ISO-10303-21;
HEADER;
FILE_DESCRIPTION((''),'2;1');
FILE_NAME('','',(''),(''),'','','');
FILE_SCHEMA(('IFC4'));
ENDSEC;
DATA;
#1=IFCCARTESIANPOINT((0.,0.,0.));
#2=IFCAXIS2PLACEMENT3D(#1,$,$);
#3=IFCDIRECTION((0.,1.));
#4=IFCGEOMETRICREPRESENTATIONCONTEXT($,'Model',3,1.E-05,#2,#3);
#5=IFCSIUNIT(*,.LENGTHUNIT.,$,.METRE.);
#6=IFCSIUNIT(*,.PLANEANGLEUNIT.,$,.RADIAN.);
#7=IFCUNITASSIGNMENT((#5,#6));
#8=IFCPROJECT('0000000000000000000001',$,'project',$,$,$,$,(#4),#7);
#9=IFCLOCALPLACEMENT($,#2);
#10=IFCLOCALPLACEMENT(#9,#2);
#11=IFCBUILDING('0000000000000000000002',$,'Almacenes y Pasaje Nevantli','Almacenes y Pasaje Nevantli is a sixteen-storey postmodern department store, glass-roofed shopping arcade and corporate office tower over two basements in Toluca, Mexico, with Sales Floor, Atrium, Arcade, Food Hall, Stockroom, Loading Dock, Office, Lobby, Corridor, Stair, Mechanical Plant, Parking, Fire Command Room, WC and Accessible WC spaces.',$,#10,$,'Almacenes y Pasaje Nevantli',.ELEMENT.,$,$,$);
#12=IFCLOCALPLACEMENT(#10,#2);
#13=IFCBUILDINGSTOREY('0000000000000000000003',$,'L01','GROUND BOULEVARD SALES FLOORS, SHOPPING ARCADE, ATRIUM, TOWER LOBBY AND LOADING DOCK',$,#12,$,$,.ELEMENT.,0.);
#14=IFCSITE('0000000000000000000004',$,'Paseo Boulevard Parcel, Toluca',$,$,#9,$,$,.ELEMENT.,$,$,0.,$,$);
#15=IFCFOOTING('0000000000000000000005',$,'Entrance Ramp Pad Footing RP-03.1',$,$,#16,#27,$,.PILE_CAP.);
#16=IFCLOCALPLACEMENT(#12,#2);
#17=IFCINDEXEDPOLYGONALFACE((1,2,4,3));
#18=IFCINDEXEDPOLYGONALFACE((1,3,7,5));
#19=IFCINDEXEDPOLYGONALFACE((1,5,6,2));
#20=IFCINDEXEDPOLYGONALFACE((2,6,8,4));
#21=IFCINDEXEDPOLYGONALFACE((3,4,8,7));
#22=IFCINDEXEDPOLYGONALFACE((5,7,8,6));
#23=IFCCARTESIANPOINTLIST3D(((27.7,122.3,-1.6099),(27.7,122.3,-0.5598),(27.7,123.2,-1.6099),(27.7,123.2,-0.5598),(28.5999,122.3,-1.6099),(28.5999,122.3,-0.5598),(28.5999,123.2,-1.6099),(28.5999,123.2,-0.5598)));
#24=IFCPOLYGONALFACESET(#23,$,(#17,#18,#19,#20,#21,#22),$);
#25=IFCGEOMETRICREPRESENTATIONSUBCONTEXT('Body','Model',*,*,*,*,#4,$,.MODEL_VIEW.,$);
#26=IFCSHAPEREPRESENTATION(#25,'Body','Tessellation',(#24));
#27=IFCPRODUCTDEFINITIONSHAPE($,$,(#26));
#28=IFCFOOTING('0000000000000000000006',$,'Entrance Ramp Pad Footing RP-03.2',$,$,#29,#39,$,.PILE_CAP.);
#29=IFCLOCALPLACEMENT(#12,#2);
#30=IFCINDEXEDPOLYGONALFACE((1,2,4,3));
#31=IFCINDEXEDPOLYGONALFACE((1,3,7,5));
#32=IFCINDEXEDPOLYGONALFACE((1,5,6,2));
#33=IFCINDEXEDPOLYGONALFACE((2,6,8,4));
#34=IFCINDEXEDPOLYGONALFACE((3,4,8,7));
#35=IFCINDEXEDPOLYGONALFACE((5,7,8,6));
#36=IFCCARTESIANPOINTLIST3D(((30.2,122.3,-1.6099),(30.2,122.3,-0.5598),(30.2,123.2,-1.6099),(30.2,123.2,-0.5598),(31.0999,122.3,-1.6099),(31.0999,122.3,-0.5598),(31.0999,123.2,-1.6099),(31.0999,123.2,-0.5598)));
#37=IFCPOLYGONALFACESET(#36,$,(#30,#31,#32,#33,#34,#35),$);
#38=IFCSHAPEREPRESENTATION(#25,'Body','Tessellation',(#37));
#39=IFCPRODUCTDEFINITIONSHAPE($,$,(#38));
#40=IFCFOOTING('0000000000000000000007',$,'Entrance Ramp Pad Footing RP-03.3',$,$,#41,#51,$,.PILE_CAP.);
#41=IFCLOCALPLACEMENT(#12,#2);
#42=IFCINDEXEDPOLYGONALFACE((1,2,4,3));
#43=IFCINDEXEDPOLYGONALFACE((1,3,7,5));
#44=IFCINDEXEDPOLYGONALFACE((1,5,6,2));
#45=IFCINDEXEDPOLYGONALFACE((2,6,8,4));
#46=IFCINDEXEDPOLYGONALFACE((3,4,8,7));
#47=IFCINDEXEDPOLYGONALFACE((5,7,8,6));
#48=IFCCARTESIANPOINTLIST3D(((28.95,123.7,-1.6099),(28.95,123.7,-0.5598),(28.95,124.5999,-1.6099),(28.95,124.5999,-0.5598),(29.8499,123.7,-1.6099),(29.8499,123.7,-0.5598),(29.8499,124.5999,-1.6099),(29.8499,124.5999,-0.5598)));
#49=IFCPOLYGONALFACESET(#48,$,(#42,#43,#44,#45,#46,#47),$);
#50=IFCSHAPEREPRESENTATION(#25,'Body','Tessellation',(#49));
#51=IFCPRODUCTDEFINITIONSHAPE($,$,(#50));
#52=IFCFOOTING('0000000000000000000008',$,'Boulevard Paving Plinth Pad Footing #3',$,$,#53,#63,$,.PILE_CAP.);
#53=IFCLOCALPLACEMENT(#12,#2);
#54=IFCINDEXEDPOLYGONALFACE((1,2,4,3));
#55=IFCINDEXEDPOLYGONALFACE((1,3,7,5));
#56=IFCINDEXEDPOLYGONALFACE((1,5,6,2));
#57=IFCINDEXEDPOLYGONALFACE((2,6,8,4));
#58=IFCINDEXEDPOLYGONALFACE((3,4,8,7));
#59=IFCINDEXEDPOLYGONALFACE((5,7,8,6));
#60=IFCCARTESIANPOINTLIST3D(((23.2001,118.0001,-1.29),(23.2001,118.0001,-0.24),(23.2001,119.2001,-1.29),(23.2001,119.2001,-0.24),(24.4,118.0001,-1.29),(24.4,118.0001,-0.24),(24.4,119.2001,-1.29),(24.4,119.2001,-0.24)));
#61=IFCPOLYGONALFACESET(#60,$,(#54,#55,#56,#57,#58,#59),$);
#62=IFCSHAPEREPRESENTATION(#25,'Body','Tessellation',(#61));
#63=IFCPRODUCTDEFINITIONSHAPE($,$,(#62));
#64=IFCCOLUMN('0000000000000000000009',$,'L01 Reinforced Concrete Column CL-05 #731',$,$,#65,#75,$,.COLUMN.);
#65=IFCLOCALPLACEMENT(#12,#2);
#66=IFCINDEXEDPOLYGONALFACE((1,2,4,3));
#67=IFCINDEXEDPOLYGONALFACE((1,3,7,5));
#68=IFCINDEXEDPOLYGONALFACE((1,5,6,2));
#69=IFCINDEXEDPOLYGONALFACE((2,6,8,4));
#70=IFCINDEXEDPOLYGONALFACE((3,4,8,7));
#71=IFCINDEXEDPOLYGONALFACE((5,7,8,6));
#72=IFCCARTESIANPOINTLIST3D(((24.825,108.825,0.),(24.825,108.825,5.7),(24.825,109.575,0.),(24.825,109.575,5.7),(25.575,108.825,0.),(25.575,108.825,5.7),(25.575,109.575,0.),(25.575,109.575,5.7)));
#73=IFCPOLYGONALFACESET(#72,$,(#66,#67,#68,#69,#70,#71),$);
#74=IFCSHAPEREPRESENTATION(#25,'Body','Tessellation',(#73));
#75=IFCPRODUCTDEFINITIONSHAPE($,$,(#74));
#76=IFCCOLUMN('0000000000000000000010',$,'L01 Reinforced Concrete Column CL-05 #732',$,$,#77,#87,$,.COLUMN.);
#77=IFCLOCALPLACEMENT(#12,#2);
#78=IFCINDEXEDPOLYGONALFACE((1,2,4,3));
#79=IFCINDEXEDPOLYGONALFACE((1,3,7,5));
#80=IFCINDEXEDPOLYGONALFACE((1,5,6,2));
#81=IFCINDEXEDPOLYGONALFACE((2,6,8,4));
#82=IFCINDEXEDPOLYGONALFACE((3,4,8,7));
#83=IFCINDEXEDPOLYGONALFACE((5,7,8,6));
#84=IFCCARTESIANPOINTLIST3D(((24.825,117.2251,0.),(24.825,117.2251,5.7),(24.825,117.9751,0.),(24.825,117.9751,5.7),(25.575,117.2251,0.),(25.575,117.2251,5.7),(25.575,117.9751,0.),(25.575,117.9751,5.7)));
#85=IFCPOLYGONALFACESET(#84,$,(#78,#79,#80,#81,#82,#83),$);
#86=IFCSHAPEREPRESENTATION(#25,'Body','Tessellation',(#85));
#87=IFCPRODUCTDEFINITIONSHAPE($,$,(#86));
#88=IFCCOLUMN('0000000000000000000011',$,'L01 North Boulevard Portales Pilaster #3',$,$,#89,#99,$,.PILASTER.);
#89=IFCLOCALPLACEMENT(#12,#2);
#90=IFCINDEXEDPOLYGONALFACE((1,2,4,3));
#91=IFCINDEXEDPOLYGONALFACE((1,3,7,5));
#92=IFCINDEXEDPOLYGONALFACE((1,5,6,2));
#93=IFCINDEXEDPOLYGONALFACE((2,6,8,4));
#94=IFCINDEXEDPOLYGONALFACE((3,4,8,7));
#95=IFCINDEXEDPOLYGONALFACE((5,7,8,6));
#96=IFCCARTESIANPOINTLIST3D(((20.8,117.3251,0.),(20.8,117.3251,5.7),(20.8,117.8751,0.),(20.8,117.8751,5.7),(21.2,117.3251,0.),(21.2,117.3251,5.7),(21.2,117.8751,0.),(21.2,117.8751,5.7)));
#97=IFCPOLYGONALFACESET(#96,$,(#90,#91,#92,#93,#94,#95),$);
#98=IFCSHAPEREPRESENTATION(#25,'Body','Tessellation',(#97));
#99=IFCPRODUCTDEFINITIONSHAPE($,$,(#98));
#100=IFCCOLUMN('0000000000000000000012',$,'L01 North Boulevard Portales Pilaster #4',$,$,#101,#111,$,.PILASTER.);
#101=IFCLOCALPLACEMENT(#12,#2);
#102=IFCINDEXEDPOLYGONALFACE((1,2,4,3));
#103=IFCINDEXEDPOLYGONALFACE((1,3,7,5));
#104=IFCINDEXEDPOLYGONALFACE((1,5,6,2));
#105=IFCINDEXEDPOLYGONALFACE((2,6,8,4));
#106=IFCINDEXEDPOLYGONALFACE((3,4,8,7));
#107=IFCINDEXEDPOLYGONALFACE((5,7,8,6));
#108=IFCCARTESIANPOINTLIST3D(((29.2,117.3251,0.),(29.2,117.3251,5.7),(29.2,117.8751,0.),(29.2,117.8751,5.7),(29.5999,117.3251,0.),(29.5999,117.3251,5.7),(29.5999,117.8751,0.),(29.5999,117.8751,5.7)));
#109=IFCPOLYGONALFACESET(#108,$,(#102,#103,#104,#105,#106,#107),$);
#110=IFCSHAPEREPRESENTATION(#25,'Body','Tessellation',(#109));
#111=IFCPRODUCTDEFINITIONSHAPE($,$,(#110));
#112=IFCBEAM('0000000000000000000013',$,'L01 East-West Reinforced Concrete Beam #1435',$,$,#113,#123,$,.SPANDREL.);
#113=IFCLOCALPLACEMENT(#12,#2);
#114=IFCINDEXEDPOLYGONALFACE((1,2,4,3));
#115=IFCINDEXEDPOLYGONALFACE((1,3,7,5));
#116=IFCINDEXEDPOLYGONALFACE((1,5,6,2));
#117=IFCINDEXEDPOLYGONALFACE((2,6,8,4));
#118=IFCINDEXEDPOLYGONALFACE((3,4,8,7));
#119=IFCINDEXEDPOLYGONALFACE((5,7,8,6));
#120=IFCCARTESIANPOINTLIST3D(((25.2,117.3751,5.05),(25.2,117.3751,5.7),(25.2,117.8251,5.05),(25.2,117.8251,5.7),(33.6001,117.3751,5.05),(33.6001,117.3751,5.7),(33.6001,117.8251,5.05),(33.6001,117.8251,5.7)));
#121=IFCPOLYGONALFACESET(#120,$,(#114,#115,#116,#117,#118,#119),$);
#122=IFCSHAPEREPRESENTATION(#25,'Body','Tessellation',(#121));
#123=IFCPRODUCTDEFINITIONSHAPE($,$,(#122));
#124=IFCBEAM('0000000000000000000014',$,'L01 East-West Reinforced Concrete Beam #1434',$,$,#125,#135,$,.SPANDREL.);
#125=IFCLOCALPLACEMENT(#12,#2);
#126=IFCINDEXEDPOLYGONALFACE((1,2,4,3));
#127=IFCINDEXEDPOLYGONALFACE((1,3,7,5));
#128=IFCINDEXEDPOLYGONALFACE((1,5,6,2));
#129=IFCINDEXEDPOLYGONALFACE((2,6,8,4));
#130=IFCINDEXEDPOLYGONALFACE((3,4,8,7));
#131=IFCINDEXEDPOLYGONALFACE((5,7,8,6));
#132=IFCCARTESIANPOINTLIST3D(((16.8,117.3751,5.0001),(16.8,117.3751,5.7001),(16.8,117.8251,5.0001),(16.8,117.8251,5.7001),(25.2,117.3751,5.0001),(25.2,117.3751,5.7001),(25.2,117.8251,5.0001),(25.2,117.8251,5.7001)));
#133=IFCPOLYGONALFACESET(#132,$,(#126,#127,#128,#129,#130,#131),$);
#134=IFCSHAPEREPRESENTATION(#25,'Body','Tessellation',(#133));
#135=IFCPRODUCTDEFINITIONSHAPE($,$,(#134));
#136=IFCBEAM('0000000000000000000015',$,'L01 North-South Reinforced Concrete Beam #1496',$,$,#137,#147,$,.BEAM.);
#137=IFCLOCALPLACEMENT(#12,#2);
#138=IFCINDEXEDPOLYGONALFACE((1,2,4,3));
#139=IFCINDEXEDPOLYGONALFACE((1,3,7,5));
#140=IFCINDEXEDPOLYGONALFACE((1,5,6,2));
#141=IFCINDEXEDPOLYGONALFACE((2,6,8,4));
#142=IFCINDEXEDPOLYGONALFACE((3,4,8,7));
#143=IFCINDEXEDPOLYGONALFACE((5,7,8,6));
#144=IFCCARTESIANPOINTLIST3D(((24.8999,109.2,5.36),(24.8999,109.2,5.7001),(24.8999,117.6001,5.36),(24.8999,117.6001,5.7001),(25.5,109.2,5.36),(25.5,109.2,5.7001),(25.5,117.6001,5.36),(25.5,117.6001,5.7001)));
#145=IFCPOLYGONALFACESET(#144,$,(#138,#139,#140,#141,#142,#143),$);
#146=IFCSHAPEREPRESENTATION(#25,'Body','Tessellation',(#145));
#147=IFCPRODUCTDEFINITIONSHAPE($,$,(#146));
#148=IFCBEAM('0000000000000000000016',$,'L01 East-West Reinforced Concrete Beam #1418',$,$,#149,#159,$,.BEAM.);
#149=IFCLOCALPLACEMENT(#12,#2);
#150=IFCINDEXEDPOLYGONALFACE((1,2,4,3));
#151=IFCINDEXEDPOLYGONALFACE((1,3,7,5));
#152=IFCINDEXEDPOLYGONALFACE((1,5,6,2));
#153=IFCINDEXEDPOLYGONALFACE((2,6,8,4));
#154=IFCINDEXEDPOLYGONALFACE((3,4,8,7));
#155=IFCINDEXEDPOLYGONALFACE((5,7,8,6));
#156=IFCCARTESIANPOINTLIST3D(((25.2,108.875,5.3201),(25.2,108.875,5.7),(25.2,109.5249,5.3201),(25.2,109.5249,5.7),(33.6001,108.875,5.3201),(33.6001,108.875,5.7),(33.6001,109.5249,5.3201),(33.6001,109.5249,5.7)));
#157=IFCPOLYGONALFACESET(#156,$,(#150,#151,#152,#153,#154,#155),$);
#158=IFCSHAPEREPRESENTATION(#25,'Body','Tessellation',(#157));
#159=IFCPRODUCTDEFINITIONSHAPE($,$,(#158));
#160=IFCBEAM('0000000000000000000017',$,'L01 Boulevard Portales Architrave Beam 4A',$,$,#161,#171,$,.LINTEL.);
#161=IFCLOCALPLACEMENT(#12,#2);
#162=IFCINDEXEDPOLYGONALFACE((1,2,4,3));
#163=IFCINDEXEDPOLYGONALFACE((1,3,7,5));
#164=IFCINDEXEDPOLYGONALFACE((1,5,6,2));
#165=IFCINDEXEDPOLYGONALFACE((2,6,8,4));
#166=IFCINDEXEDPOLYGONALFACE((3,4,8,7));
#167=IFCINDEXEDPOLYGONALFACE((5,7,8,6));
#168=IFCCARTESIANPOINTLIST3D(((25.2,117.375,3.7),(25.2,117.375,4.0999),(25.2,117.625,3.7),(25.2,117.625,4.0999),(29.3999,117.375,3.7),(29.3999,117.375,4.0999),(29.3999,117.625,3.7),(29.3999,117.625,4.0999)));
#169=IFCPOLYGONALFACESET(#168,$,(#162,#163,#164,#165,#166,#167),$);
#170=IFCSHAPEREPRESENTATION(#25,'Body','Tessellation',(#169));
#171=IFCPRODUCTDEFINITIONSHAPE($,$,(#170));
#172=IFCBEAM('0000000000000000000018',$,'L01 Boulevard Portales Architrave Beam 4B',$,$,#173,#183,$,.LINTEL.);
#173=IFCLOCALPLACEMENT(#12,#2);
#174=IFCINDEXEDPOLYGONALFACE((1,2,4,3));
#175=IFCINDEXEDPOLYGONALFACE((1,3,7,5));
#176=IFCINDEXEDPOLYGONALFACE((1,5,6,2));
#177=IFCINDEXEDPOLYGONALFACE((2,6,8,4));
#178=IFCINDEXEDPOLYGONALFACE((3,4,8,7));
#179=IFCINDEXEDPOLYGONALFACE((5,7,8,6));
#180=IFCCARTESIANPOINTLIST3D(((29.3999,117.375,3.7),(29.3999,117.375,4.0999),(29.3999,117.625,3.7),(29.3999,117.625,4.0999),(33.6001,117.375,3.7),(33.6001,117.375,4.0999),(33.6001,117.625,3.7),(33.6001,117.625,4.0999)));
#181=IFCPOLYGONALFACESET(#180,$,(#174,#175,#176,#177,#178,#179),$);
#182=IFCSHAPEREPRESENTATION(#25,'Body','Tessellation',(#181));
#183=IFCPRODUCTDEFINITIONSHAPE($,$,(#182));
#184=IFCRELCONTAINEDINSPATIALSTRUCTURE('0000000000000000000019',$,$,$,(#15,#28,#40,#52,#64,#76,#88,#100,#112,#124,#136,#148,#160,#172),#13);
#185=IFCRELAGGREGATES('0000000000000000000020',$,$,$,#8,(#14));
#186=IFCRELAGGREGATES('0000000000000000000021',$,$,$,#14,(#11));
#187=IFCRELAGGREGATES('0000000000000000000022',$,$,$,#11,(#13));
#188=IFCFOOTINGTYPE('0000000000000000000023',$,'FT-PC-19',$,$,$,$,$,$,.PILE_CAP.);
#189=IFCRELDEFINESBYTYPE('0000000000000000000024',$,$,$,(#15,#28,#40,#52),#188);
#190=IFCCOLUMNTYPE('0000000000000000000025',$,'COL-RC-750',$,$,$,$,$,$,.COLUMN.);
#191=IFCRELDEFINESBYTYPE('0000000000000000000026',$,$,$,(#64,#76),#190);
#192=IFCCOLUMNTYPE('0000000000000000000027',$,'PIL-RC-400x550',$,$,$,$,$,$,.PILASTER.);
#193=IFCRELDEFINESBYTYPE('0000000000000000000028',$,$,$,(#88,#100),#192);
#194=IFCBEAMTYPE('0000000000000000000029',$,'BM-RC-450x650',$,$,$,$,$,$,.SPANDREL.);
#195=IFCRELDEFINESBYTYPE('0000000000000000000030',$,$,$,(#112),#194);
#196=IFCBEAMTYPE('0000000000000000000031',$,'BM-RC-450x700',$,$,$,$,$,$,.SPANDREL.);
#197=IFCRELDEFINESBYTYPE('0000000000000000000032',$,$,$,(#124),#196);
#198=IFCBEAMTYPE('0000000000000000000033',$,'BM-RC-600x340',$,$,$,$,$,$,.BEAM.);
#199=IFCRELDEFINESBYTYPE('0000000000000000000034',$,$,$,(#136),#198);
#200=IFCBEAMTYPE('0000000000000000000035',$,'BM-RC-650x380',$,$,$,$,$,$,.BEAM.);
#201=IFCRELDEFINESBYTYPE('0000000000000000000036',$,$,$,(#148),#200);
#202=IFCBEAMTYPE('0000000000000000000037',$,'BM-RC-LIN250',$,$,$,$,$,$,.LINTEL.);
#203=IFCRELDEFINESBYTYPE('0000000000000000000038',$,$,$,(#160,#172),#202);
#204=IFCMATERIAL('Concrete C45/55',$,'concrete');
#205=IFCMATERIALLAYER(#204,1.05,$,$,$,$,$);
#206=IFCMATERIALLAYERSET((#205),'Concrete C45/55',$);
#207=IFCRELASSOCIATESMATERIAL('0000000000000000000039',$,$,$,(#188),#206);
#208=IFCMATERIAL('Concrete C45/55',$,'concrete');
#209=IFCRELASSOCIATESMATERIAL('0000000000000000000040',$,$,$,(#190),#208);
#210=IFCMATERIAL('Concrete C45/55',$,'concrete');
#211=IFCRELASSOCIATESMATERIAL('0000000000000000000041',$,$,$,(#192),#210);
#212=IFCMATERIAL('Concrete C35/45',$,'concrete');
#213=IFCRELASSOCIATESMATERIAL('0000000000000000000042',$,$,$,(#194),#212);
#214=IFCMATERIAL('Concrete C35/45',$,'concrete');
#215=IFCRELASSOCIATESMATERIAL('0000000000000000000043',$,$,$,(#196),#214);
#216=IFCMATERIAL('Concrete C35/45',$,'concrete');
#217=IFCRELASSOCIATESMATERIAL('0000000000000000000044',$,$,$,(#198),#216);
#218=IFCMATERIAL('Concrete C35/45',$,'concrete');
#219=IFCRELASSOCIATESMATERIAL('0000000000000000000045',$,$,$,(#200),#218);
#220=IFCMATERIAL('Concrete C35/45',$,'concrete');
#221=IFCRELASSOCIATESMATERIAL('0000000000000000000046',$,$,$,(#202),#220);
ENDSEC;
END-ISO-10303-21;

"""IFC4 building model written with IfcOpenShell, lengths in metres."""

from ifc_helpers import new_model, si_unit, direction, frame, origin, origin_2d, place, context, subcontext, project, spatial, rectangle, extrude, material, layer, layer_set, material_profile, profile_set, type_object, element, save


model = new_model("IFC4")

# Units and contexts
model_context = context("Model", 3, precision=1e-05, world=origin(), true_north=direction((0.0, 1.0)))
body_context = subcontext(model_context, "Body", "Model", "MODEL_VIEW")
ifc_project = project(units=[si_unit("LENGTHUNIT", "METRE"), si_unit("PLANEANGLEUNIT", "RADIAN")], contexts=[model_context])

# Site, building, storey
site_placement = place(None, origin())
site = spatial("IfcSite", under=ifc_project, at=site_placement, Name="Paseo Boulevard Parcel, Toluca", CompositionType="ELEMENT", RefElevation=0.0)
building_placement = place(site_placement, origin())
building = spatial("IfcBuilding", under=site, at=building_placement, Name="Almacenes y Pasaje Nevantli", Description="Almacenes y Pasaje Nevantli is a sixteen-storey postmodern department store, glass-roofed shopping arcade and corporate office tower over two basements in Toluca, Mexico, with Sales Floor, Atrium, Arcade, Food Hall, Stockroom, Loading Dock, Office, Lobby, Corridor, Stair, Mechanical Plant, Parking, Fire Command Room, WC and Accessible WC spaces.", LongName="Almacenes y Pasaje Nevantli", CompositionType="ELEMENT")
storey_placement = place(building_placement, origin())
storey = spatial("IfcBuildingStorey", under=building, at=storey_placement, Name="L01", Description="GROUND BOULEVARD SALES FLOORS, SHOPPING ARCADE, ATRIUM, TOWER LOBBY AND LOADING DOCK", CompositionType="ELEMENT", Elevation=0.0)

# Footings
ifc_material_1 = material(Name="Concrete C45/55", Category="concrete")
ifc_layer_1 = layer(ifc_material_1, 1.05)
ifc_layer_set_1 = layer_set([ifc_layer_1], Name="Concrete C45/55")
footing_type = type_object("IfcFootingType", Name="FT-PC-19", PredefinedType="PILE_CAP", material=ifc_layer_set_1)
for number, where, z_axis, x_axis, name in (
    (1, (28.1499, 122.75, -1.6099), (0.0, 0.0, 1.0), (1.0, 0.0, 0.0), "Entrance Ramp Pad Footing RP-03.1"),
    (2, (30.6499, 122.75, -1.6099), (0.0, 0.0, 1.0), (1.0, 0.0, 0.0), "Entrance Ramp Pad Footing RP-03.2"),
    (3, (29.3999, 124.1499, -1.6099), (0.0, 0.0, 1.0), (1.0, 0.0, 0.0), "Entrance Ramp Pad Footing RP-03.3"),
):
    element("IfcFooting", number, at=place(storey_placement, frame(where, z_axis=z_axis, x_axis=x_axis)), inside=storey, type_object=footing_type, Name=name, PredefinedType="PILE_CAP", context=body_context, shape_type="SweptSolid", body=[
        extrude(rectangle(XDim=0.8999, YDim=0.8999, at=origin_2d()), origin(), (0.0, 0.0, 1.0), 1.05),
    ])
footing_placement = place(storey_placement, frame((23.8, 118.6001, -1.29), z_axis=(0.0, 0.0, 1.0), x_axis=(1.0, 0.0, 0.0)))
element("IfcFooting", 4, at=footing_placement, inside=storey, type_object=footing_type, Name="Boulevard Paving Plinth Pad Footing #3", PredefinedType="PILE_CAP", context=body_context, shape_type="SweptSolid", body=[
    extrude(rectangle(XDim=1.2, YDim=1.2, at=origin_2d()), origin(), (0.0, 0.0, 1.0), 1.05),
])

# Columns
ifc_material_2 = material(Name="Concrete C45/55", Category="concrete")
ifc_material_profile_1 = material_profile(ifc_material_2, rectangle(XDim=0.75, YDim=0.75, at=origin_2d()), Name="RC-COL-750x750")
ifc_profile_set_1 = profile_set([ifc_material_profile_1], Name="Concrete C45/55")
column_type_1 = type_object("IfcColumnType", Name="COL-RC-750", PredefinedType="COLUMN", material=ifc_profile_set_1)
for number, where, z_axis, x_axis, name in (
    (5, (25.2, 109.2, 0.0), (0.0, 0.0, 1.0), (1.0, 0.0, 0.0), "L01 Reinforced Concrete Column CL-05 #731"),
    (6, (25.2, 117.6001, 0.0), (0.0, 0.0, 1.0), (1.0, 0.0, 0.0), "L01 Reinforced Concrete Column CL-05 #732"),
):
    element("IfcColumn", number, at=place(storey_placement, frame(where, z_axis=z_axis, x_axis=x_axis)), inside=storey, type_object=column_type_1, Name=name, PredefinedType="COLUMN", context=body_context, shape_type="SweptSolid", body=[
        extrude(rectangle(XDim=0.75, YDim=0.75, at=origin_2d()), origin(), (0.0, 0.0, 1.0), 5.7),
    ])
ifc_material_3 = material(Name="Concrete C45/55", Category="concrete")
ifc_material_profile_2 = material_profile(ifc_material_3, rectangle(XDim=0.3999, YDim=0.55, at=origin_2d()), Name="RC-PIL-400x550")
ifc_profile_set_2 = profile_set([ifc_material_profile_2], Name="Concrete C45/55")
column_type_2 = type_object("IfcColumnType", Name="PIL-RC-400x550", PredefinedType="PILASTER", material=ifc_profile_set_2)
for number, where, z_axis, x_axis, name in (
    (7, (21.0, 117.6001, 0.0), (0.0, 0.0, 1.0), (1.0, 0.0, 0.0), "L01 North Boulevard Portales Pilaster #3"),
    (8, (29.3999, 117.6001, 0.0), (0.0, 0.0, 1.0), (1.0, 0.0, 0.0), "L01 North Boulevard Portales Pilaster #4"),
):
    element("IfcColumn", number, at=place(storey_placement, frame(where, z_axis=z_axis, x_axis=x_axis)), inside=storey, type_object=column_type_2, Name=name, PredefinedType="PILASTER", context=body_context, shape_type="SweptSolid", body=[
        extrude(rectangle(XDim=0.3999, YDim=0.55, at=origin_2d()), origin(), (0.0, 0.0, 1.0), 5.7),
    ])

# Beams
ifc_material_4 = material(Name="Concrete C35/45", Category="concrete")
ifc_material_profile_3 = material_profile(ifc_material_4, rectangle(XDim=0.45, YDim=0.6499, at=origin_2d()), Name="RC-BM-450x650")
ifc_profile_set_3 = profile_set([ifc_material_profile_3], Name="Concrete C35/45")
beam_type_1 = type_object("IfcBeamType", Name="BM-RC-450x650", PredefinedType="SPANDREL", material=ifc_profile_set_3)
beam_1_placement = place(storey_placement, frame((25.2, 117.6001, 5.375), z_axis=(1.0, 0.0, 0.0), x_axis=(0.0, 1.0, 0.0)))
element("IfcBeam", 9, at=beam_1_placement, inside=storey, type_object=beam_type_1, Name="L01 East-West Reinforced Concrete Beam #1435", PredefinedType="SPANDREL", context=body_context, shape_type="SweptSolid", body=[
    extrude(rectangle(XDim=0.45, YDim=0.6499, at=origin_2d()), origin(), (0.0, 0.0, 1.0), 8.4001),
])
ifc_material_5 = material(Name="Concrete C35/45", Category="concrete")
ifc_material_profile_4 = material_profile(ifc_material_5, rectangle(XDim=0.45, YDim=0.7, at=origin_2d()), Name="RC-BM-450x700")
ifc_profile_set_4 = profile_set([ifc_material_profile_4], Name="Concrete C35/45")
beam_type_2 = type_object("IfcBeamType", Name="BM-RC-450x700", PredefinedType="SPANDREL", material=ifc_profile_set_4)
beam_2_placement = place(storey_placement, frame((16.8, 117.6001, 5.3501), z_axis=(1.0, 0.0, 0.0), x_axis=(0.0, 1.0, 0.0)))
element("IfcBeam", 10, at=beam_2_placement, inside=storey, type_object=beam_type_2, Name="L01 East-West Reinforced Concrete Beam #1434", PredefinedType="SPANDREL", context=body_context, shape_type="SweptSolid", body=[
    extrude(rectangle(XDim=0.45, YDim=0.7, at=origin_2d()), origin(), (0.0, 0.0, 1.0), 8.3999),
])
ifc_material_6 = material(Name="Concrete C35/45", Category="concrete")
ifc_material_profile_5 = material_profile(ifc_material_6, rectangle(XDim=0.6001, YDim=0.3401, at=origin_2d()), Name="RC-BM-600x340")
ifc_profile_set_5 = profile_set([ifc_material_profile_5], Name="Concrete C35/45")
beam_type_3 = type_object("IfcBeamType", Name="BM-RC-600x340", PredefinedType="BEAM", material=ifc_profile_set_5)
beam_3_placement = place(storey_placement, frame((25.2, 109.2, 5.53), z_axis=(0.0, 1.0, 0.0), x_axis=(-1.0, 0.0, 0.0)))
element("IfcBeam", 11, at=beam_3_placement, inside=storey, type_object=beam_type_3, Name="L01 North-South Reinforced Concrete Beam #1496", PredefinedType="BEAM", context=body_context, shape_type="SweptSolid", body=[
    extrude(rectangle(XDim=0.6001, YDim=0.3401, at=origin_2d()), origin(), (0.0, 0.0, 1.0), 8.4001),
])
ifc_material_7 = material(Name="Concrete C35/45", Category="concrete")
ifc_material_profile_6 = material_profile(ifc_material_7, rectangle(XDim=0.6499, YDim=0.3799, at=origin_2d()), Name="RC-BM-650x380")
ifc_profile_set_6 = profile_set([ifc_material_profile_6], Name="Concrete C35/45")
beam_type_4 = type_object("IfcBeamType", Name="BM-RC-650x380", PredefinedType="BEAM", material=ifc_profile_set_6)
beam_4_placement = place(storey_placement, frame((25.2, 109.2, 5.51), z_axis=(1.0, 0.0, 0.0), x_axis=(0.0, 1.0, 0.0)))
element("IfcBeam", 12, at=beam_4_placement, inside=storey, type_object=beam_type_4, Name="L01 East-West Reinforced Concrete Beam #1418", PredefinedType="BEAM", context=body_context, shape_type="SweptSolid", body=[
    extrude(rectangle(XDim=0.6499, YDim=0.3799, at=origin_2d()), origin(), (0.0, 0.0, 1.0), 8.4001),
])
ifc_material_8 = material(Name="Concrete C35/45", Category="concrete")
ifc_material_profile_7 = material_profile(ifc_material_8, rectangle(XDim=0.25, YDim=0.3999, at=origin_2d()), Name="RC-LIN-250x400")
ifc_profile_set_7 = profile_set([ifc_material_profile_7], Name="Concrete C35/45")
beam_type_5 = type_object("IfcBeamType", Name="BM-RC-LIN250", PredefinedType="LINTEL", material=ifc_profile_set_7)
beam_5_placement = place(storey_placement, frame((25.2, 117.5, 3.8999), z_axis=(1.0, 0.0, 0.0), x_axis=(0.0, 1.0, 0.0)))
element("IfcBeam", 13, at=beam_5_placement, inside=storey, type_object=beam_type_5, Name="L01 Boulevard Portales Architrave Beam 4A", PredefinedType="LINTEL", context=body_context, shape_type="SweptSolid", body=[
    extrude(rectangle(XDim=0.25, YDim=0.3999, at=origin_2d()), origin(), (0.0, 0.0, 1.0), 4.2),
])
beam_6_placement = place(storey_placement, frame((29.3999, 117.5, 3.8999), z_axis=(1.0, 0.0, 0.0), x_axis=(0.0, 1.0, 0.0)))
element("IfcBeam", 14, at=beam_6_placement, inside=storey, type_object=beam_type_5, Name="L01 Boulevard Portales Architrave Beam 4B", PredefinedType="LINTEL", context=body_context, shape_type="SweptSolid", body=[
    extrude(rectangle(XDim=0.25, YDim=0.3999, at=origin_2d()), origin(), (0.0, 0.0, 1.0), 4.2002),
])

save(model, "model.ifc")
